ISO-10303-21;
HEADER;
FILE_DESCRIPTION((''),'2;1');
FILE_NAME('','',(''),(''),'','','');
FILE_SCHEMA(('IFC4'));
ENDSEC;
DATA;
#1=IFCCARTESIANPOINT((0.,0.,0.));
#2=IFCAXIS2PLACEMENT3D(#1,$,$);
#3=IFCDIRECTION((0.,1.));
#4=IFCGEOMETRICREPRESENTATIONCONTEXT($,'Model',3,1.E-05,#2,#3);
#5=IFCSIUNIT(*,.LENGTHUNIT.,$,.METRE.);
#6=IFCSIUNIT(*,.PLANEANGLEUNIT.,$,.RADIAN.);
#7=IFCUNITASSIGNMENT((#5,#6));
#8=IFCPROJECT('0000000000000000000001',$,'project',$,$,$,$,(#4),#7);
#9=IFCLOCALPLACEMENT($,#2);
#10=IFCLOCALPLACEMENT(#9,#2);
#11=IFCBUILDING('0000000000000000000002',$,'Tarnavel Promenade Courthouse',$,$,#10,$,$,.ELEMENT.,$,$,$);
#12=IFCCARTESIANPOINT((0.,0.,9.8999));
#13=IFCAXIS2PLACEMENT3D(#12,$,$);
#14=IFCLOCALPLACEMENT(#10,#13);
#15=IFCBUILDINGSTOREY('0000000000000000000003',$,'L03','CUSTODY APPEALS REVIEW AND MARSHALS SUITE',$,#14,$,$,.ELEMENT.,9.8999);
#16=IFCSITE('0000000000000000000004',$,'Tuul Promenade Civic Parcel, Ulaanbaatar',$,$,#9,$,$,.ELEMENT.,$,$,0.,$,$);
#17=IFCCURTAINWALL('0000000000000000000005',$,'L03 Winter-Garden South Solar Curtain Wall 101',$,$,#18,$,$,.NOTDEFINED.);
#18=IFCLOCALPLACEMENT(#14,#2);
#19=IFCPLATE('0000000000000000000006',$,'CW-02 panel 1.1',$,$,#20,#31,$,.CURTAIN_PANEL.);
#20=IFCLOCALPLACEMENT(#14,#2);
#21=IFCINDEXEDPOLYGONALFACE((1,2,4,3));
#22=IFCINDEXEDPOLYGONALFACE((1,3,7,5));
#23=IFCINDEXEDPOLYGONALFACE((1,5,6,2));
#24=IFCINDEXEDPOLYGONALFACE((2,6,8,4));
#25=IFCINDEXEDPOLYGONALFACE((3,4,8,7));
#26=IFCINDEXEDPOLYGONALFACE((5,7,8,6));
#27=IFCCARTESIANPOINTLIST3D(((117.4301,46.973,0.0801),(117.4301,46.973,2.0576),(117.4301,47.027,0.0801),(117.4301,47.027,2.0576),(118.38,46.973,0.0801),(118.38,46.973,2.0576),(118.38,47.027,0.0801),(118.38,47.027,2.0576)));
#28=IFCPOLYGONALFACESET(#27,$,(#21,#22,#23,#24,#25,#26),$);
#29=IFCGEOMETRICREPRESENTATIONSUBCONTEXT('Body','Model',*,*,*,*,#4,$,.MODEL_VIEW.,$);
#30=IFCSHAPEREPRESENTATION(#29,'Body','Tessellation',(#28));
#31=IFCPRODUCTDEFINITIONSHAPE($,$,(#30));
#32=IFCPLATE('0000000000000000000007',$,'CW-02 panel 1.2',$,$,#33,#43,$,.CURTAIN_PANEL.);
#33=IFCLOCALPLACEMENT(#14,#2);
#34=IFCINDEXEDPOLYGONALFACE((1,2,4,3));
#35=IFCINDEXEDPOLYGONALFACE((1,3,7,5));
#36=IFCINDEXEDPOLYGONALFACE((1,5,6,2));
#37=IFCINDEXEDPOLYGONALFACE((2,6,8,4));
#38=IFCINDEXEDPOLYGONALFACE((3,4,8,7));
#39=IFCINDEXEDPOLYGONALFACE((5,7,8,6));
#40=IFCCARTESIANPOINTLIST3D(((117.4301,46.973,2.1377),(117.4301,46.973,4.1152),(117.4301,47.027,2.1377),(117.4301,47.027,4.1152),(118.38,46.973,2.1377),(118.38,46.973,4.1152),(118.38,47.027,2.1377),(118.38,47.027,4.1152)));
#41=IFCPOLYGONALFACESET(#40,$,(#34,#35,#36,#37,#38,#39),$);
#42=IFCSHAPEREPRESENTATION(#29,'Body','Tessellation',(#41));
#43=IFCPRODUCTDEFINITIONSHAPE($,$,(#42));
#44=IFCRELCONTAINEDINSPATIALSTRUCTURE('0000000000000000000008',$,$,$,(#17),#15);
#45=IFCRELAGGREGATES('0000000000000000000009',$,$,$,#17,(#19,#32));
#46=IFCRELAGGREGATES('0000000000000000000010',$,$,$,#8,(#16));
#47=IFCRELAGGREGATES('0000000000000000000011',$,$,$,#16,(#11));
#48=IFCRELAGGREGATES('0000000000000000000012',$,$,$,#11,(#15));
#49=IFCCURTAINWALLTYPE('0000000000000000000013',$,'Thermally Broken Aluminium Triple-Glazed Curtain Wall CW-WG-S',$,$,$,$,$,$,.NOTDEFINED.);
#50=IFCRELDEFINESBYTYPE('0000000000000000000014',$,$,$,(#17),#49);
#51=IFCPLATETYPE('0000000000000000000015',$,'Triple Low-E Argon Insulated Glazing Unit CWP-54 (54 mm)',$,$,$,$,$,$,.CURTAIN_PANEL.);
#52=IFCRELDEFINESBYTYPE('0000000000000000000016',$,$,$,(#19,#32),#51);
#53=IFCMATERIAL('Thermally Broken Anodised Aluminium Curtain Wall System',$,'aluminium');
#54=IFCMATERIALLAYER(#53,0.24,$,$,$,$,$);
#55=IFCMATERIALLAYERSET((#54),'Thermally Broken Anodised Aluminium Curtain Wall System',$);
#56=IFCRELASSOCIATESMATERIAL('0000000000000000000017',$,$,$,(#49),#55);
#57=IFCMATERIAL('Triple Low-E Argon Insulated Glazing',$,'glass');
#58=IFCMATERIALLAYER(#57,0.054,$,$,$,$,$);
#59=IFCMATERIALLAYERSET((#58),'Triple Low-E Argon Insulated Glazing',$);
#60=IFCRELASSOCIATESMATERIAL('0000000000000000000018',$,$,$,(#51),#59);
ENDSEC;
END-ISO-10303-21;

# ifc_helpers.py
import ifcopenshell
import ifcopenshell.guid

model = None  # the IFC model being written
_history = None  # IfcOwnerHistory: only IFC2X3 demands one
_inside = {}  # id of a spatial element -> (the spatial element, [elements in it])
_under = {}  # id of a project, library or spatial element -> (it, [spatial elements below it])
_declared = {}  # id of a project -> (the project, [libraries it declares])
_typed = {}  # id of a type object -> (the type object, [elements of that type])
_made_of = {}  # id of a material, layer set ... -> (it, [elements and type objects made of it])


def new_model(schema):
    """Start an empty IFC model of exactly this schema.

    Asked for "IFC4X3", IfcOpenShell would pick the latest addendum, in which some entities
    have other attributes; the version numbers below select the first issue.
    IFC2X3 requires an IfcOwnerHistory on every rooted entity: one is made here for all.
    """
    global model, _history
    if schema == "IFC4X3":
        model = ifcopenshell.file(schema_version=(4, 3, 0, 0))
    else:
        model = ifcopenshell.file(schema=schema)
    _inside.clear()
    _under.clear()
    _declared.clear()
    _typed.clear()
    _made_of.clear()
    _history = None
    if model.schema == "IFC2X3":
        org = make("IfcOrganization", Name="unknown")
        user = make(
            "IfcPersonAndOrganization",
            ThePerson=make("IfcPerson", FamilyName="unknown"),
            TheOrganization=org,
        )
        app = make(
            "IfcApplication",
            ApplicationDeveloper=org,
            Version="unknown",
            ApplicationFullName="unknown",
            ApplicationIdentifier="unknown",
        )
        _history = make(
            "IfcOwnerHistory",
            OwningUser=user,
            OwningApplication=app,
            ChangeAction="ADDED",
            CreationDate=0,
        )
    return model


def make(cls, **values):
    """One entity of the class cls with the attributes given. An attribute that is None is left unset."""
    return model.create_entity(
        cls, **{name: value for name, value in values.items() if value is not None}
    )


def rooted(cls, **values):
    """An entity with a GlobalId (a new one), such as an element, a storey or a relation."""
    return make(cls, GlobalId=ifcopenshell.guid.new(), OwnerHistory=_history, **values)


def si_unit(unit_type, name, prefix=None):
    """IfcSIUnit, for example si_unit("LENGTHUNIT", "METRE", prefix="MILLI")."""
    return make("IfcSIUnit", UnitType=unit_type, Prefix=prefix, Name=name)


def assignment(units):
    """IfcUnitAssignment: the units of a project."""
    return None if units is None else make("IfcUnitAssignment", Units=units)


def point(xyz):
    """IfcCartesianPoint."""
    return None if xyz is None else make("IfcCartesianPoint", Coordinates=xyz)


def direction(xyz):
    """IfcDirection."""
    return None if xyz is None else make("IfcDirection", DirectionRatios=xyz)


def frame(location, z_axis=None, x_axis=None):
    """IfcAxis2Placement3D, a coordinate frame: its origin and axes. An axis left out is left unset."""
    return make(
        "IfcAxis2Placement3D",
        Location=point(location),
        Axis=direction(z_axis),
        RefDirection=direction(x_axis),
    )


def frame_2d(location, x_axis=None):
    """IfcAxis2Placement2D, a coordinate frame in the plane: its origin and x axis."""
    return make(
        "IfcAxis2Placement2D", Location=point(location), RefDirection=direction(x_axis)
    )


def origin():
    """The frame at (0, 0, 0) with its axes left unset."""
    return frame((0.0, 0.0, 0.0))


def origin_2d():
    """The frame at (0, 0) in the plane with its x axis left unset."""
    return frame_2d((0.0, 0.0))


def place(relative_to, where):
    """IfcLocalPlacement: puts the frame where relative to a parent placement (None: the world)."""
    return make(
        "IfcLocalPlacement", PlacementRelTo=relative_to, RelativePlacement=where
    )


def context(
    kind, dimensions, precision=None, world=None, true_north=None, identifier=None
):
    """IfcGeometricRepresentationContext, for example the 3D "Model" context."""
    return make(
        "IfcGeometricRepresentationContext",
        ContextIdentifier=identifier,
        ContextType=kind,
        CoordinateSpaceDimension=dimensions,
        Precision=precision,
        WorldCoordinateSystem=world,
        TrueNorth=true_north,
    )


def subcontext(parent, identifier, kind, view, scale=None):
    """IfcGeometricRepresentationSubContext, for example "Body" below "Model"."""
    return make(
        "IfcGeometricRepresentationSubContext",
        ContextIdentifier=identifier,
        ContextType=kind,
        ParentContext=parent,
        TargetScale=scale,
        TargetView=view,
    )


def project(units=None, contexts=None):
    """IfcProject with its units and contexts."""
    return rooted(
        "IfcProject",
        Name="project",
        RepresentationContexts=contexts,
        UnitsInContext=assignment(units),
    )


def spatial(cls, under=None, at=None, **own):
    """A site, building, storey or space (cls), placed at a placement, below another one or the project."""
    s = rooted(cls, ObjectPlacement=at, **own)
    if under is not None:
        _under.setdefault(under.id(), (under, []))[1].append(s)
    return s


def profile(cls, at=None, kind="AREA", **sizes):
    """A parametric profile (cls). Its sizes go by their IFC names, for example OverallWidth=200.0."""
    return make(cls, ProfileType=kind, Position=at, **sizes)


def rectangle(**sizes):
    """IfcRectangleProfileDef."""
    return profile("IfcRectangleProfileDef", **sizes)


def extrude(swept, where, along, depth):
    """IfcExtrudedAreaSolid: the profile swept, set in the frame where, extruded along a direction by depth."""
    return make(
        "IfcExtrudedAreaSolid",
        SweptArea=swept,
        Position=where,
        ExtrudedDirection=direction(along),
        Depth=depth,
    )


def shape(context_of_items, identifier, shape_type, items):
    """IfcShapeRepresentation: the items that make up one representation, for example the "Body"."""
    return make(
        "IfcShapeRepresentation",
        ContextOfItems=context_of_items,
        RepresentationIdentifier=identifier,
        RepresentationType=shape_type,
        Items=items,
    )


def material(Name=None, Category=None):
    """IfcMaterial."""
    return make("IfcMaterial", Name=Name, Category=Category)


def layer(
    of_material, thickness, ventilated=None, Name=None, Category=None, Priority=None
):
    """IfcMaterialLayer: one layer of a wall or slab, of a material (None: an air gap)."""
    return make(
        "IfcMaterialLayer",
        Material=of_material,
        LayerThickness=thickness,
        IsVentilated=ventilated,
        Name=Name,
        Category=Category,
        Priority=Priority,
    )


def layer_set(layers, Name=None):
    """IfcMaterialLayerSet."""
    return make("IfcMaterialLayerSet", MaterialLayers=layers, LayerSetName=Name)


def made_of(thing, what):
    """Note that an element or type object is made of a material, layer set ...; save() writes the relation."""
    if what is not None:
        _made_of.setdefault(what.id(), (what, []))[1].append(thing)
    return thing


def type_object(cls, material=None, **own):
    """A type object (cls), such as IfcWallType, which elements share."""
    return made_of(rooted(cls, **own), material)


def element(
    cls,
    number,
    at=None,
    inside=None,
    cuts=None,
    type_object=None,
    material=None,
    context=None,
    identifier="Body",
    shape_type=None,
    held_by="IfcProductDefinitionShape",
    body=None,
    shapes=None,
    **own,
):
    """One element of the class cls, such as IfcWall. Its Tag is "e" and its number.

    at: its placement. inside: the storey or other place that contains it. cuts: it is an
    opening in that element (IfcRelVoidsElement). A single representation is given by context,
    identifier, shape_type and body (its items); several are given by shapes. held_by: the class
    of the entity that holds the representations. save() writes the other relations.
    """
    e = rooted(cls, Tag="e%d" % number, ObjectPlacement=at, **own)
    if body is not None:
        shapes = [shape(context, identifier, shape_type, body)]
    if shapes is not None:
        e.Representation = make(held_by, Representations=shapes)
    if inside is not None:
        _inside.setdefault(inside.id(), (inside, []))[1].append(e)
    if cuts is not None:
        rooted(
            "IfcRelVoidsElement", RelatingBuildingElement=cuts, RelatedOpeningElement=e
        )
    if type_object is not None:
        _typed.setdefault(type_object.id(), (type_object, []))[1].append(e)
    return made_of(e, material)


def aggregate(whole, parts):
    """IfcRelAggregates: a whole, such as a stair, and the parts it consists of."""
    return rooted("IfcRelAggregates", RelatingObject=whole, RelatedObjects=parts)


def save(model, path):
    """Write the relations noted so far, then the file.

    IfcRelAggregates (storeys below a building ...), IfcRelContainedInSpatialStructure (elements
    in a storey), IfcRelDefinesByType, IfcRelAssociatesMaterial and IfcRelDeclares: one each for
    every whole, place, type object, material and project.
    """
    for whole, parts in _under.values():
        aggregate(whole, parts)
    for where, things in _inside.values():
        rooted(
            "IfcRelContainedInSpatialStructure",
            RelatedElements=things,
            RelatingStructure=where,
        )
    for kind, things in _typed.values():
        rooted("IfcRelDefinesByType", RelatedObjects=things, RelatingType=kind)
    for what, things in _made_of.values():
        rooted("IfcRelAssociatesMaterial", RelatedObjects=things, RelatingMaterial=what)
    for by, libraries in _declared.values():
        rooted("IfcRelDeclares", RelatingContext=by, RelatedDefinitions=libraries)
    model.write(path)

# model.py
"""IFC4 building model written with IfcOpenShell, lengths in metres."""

from ifc_helpers import new_model, si_unit, direction, frame, origin, origin_2d, place, context, subcontext, project, spatial, rectangle, extrude, material, layer, layer_set, type_object, element, aggregate, save


model = new_model("IFC4")

# Units and contexts
model_context = context("Model", 3, precision=1e-05, world=origin(), true_north=direction((0.0, 1.0)))
body_context = subcontext(model_context, "Body", "Model", "MODEL_VIEW")
ifc_project = project(units=[si_unit("LENGTHUNIT", "METRE"), si_unit("PLANEANGLEUNIT", "RADIAN")], contexts=[model_context])

# Site, building, storey
site_placement = place(None, origin())
site = spatial("IfcSite", under=ifc_project, at=site_placement, Name="Tuul Promenade Civic Parcel, Ulaanbaatar", CompositionType="ELEMENT", RefElevation=0.0)
building_placement = place(site_placement, origin())
building = spatial("IfcBuilding", under=site, at=building_placement, Name="Tarnavel Promenade Courthouse", CompositionType="ELEMENT")
storey_placement = place(building_placement, frame((0.0, 0.0, 9.8999)))
storey = spatial("IfcBuildingStorey", under=building, at=storey_placement, Name="L03", Description="CUSTODY APPEALS REVIEW AND MARSHALS SUITE", CompositionType="ELEMENT", Elevation=9.8999)

# Curtain wall
ifc_material_1 = material(Name="Thermally Broken Anodised Aluminium Curtain Wall System", Category="aluminium")
ifc_layer_1 = layer(ifc_material_1, 0.24)
ifc_layer_set_1 = layer_set([ifc_layer_1], Name="Thermally Broken Anodised Aluminium Curtain Wall System")
curtain_wall_type = type_object("IfcCurtainWallType", Name="Thermally Broken Aluminium Triple-Glazed Curtain Wall CW-WG-S", PredefinedType="NOTDEFINED", material=ifc_layer_set_1)
curtain_wall_1_placement = place(storey_placement, origin())
curtain_wall_1 = element("IfcCurtainWall", 1, at=curtain_wall_1_placement, inside=storey, type_object=curtain_wall_type, Name="L03 Winter-Garden South Solar Curtain Wall 101", PredefinedType="NOTDEFINED")

# Plates
ifc_material_2 = material(Name="Triple Low-E Argon Insulated Glazing", Category="glass")
ifc_layer_2 = layer(ifc_material_2, 0.054)
ifc_layer_set_2 = layer_set([ifc_layer_2], Name="Triple Low-E Argon Insulated Glazing")
plate_type = type_object("IfcPlateType", Name="Triple Low-E Argon Insulated Glazing Unit CWP-54 (54 mm)", PredefinedType="CURTAIN_PANEL", material=ifc_layer_set_2)
plate_1_placement = place(storey_placement, frame((117.905, 47.0, 0.0801), z_axis=(0.0, 0.0, 1.0), x_axis=(1.0, 0.0, 0.0)))
plate_1 = element("IfcPlate", 2, at=plate_1_placement, type_object=plate_type, Name="CW-02 panel 1.1", PredefinedType="CURTAIN_PANEL", context=body_context, shape_type="SweptSolid", body=[
    extrude(rectangle(XDim=0.95, YDim=0.054, at=origin_2d()), origin(), (0.0, 0.0, 1.0), 1.9775),
])
plate_2_placement = place(storey_placement, frame((117.905, 47.0, 2.1377), z_axis=(0.0, 0.0, 1.0), x_axis=(1.0, 0.0, 0.0)))
plate_2 = element("IfcPlate", 3, at=plate_2_placement, type_object=plate_type, Name="CW-02 panel 1.2", PredefinedType="CURTAIN_PANEL", context=body_context, shape_type="SweptSolid", body=[
    extrude(rectangle(XDim=0.95, YDim=0.054, at=origin_2d()), origin(), (0.0, 0.0, 1.0), 1.9775),
])
aggregate(curtain_wall_1, [plate_1, plate_2])

save(model, "model.ifc")
